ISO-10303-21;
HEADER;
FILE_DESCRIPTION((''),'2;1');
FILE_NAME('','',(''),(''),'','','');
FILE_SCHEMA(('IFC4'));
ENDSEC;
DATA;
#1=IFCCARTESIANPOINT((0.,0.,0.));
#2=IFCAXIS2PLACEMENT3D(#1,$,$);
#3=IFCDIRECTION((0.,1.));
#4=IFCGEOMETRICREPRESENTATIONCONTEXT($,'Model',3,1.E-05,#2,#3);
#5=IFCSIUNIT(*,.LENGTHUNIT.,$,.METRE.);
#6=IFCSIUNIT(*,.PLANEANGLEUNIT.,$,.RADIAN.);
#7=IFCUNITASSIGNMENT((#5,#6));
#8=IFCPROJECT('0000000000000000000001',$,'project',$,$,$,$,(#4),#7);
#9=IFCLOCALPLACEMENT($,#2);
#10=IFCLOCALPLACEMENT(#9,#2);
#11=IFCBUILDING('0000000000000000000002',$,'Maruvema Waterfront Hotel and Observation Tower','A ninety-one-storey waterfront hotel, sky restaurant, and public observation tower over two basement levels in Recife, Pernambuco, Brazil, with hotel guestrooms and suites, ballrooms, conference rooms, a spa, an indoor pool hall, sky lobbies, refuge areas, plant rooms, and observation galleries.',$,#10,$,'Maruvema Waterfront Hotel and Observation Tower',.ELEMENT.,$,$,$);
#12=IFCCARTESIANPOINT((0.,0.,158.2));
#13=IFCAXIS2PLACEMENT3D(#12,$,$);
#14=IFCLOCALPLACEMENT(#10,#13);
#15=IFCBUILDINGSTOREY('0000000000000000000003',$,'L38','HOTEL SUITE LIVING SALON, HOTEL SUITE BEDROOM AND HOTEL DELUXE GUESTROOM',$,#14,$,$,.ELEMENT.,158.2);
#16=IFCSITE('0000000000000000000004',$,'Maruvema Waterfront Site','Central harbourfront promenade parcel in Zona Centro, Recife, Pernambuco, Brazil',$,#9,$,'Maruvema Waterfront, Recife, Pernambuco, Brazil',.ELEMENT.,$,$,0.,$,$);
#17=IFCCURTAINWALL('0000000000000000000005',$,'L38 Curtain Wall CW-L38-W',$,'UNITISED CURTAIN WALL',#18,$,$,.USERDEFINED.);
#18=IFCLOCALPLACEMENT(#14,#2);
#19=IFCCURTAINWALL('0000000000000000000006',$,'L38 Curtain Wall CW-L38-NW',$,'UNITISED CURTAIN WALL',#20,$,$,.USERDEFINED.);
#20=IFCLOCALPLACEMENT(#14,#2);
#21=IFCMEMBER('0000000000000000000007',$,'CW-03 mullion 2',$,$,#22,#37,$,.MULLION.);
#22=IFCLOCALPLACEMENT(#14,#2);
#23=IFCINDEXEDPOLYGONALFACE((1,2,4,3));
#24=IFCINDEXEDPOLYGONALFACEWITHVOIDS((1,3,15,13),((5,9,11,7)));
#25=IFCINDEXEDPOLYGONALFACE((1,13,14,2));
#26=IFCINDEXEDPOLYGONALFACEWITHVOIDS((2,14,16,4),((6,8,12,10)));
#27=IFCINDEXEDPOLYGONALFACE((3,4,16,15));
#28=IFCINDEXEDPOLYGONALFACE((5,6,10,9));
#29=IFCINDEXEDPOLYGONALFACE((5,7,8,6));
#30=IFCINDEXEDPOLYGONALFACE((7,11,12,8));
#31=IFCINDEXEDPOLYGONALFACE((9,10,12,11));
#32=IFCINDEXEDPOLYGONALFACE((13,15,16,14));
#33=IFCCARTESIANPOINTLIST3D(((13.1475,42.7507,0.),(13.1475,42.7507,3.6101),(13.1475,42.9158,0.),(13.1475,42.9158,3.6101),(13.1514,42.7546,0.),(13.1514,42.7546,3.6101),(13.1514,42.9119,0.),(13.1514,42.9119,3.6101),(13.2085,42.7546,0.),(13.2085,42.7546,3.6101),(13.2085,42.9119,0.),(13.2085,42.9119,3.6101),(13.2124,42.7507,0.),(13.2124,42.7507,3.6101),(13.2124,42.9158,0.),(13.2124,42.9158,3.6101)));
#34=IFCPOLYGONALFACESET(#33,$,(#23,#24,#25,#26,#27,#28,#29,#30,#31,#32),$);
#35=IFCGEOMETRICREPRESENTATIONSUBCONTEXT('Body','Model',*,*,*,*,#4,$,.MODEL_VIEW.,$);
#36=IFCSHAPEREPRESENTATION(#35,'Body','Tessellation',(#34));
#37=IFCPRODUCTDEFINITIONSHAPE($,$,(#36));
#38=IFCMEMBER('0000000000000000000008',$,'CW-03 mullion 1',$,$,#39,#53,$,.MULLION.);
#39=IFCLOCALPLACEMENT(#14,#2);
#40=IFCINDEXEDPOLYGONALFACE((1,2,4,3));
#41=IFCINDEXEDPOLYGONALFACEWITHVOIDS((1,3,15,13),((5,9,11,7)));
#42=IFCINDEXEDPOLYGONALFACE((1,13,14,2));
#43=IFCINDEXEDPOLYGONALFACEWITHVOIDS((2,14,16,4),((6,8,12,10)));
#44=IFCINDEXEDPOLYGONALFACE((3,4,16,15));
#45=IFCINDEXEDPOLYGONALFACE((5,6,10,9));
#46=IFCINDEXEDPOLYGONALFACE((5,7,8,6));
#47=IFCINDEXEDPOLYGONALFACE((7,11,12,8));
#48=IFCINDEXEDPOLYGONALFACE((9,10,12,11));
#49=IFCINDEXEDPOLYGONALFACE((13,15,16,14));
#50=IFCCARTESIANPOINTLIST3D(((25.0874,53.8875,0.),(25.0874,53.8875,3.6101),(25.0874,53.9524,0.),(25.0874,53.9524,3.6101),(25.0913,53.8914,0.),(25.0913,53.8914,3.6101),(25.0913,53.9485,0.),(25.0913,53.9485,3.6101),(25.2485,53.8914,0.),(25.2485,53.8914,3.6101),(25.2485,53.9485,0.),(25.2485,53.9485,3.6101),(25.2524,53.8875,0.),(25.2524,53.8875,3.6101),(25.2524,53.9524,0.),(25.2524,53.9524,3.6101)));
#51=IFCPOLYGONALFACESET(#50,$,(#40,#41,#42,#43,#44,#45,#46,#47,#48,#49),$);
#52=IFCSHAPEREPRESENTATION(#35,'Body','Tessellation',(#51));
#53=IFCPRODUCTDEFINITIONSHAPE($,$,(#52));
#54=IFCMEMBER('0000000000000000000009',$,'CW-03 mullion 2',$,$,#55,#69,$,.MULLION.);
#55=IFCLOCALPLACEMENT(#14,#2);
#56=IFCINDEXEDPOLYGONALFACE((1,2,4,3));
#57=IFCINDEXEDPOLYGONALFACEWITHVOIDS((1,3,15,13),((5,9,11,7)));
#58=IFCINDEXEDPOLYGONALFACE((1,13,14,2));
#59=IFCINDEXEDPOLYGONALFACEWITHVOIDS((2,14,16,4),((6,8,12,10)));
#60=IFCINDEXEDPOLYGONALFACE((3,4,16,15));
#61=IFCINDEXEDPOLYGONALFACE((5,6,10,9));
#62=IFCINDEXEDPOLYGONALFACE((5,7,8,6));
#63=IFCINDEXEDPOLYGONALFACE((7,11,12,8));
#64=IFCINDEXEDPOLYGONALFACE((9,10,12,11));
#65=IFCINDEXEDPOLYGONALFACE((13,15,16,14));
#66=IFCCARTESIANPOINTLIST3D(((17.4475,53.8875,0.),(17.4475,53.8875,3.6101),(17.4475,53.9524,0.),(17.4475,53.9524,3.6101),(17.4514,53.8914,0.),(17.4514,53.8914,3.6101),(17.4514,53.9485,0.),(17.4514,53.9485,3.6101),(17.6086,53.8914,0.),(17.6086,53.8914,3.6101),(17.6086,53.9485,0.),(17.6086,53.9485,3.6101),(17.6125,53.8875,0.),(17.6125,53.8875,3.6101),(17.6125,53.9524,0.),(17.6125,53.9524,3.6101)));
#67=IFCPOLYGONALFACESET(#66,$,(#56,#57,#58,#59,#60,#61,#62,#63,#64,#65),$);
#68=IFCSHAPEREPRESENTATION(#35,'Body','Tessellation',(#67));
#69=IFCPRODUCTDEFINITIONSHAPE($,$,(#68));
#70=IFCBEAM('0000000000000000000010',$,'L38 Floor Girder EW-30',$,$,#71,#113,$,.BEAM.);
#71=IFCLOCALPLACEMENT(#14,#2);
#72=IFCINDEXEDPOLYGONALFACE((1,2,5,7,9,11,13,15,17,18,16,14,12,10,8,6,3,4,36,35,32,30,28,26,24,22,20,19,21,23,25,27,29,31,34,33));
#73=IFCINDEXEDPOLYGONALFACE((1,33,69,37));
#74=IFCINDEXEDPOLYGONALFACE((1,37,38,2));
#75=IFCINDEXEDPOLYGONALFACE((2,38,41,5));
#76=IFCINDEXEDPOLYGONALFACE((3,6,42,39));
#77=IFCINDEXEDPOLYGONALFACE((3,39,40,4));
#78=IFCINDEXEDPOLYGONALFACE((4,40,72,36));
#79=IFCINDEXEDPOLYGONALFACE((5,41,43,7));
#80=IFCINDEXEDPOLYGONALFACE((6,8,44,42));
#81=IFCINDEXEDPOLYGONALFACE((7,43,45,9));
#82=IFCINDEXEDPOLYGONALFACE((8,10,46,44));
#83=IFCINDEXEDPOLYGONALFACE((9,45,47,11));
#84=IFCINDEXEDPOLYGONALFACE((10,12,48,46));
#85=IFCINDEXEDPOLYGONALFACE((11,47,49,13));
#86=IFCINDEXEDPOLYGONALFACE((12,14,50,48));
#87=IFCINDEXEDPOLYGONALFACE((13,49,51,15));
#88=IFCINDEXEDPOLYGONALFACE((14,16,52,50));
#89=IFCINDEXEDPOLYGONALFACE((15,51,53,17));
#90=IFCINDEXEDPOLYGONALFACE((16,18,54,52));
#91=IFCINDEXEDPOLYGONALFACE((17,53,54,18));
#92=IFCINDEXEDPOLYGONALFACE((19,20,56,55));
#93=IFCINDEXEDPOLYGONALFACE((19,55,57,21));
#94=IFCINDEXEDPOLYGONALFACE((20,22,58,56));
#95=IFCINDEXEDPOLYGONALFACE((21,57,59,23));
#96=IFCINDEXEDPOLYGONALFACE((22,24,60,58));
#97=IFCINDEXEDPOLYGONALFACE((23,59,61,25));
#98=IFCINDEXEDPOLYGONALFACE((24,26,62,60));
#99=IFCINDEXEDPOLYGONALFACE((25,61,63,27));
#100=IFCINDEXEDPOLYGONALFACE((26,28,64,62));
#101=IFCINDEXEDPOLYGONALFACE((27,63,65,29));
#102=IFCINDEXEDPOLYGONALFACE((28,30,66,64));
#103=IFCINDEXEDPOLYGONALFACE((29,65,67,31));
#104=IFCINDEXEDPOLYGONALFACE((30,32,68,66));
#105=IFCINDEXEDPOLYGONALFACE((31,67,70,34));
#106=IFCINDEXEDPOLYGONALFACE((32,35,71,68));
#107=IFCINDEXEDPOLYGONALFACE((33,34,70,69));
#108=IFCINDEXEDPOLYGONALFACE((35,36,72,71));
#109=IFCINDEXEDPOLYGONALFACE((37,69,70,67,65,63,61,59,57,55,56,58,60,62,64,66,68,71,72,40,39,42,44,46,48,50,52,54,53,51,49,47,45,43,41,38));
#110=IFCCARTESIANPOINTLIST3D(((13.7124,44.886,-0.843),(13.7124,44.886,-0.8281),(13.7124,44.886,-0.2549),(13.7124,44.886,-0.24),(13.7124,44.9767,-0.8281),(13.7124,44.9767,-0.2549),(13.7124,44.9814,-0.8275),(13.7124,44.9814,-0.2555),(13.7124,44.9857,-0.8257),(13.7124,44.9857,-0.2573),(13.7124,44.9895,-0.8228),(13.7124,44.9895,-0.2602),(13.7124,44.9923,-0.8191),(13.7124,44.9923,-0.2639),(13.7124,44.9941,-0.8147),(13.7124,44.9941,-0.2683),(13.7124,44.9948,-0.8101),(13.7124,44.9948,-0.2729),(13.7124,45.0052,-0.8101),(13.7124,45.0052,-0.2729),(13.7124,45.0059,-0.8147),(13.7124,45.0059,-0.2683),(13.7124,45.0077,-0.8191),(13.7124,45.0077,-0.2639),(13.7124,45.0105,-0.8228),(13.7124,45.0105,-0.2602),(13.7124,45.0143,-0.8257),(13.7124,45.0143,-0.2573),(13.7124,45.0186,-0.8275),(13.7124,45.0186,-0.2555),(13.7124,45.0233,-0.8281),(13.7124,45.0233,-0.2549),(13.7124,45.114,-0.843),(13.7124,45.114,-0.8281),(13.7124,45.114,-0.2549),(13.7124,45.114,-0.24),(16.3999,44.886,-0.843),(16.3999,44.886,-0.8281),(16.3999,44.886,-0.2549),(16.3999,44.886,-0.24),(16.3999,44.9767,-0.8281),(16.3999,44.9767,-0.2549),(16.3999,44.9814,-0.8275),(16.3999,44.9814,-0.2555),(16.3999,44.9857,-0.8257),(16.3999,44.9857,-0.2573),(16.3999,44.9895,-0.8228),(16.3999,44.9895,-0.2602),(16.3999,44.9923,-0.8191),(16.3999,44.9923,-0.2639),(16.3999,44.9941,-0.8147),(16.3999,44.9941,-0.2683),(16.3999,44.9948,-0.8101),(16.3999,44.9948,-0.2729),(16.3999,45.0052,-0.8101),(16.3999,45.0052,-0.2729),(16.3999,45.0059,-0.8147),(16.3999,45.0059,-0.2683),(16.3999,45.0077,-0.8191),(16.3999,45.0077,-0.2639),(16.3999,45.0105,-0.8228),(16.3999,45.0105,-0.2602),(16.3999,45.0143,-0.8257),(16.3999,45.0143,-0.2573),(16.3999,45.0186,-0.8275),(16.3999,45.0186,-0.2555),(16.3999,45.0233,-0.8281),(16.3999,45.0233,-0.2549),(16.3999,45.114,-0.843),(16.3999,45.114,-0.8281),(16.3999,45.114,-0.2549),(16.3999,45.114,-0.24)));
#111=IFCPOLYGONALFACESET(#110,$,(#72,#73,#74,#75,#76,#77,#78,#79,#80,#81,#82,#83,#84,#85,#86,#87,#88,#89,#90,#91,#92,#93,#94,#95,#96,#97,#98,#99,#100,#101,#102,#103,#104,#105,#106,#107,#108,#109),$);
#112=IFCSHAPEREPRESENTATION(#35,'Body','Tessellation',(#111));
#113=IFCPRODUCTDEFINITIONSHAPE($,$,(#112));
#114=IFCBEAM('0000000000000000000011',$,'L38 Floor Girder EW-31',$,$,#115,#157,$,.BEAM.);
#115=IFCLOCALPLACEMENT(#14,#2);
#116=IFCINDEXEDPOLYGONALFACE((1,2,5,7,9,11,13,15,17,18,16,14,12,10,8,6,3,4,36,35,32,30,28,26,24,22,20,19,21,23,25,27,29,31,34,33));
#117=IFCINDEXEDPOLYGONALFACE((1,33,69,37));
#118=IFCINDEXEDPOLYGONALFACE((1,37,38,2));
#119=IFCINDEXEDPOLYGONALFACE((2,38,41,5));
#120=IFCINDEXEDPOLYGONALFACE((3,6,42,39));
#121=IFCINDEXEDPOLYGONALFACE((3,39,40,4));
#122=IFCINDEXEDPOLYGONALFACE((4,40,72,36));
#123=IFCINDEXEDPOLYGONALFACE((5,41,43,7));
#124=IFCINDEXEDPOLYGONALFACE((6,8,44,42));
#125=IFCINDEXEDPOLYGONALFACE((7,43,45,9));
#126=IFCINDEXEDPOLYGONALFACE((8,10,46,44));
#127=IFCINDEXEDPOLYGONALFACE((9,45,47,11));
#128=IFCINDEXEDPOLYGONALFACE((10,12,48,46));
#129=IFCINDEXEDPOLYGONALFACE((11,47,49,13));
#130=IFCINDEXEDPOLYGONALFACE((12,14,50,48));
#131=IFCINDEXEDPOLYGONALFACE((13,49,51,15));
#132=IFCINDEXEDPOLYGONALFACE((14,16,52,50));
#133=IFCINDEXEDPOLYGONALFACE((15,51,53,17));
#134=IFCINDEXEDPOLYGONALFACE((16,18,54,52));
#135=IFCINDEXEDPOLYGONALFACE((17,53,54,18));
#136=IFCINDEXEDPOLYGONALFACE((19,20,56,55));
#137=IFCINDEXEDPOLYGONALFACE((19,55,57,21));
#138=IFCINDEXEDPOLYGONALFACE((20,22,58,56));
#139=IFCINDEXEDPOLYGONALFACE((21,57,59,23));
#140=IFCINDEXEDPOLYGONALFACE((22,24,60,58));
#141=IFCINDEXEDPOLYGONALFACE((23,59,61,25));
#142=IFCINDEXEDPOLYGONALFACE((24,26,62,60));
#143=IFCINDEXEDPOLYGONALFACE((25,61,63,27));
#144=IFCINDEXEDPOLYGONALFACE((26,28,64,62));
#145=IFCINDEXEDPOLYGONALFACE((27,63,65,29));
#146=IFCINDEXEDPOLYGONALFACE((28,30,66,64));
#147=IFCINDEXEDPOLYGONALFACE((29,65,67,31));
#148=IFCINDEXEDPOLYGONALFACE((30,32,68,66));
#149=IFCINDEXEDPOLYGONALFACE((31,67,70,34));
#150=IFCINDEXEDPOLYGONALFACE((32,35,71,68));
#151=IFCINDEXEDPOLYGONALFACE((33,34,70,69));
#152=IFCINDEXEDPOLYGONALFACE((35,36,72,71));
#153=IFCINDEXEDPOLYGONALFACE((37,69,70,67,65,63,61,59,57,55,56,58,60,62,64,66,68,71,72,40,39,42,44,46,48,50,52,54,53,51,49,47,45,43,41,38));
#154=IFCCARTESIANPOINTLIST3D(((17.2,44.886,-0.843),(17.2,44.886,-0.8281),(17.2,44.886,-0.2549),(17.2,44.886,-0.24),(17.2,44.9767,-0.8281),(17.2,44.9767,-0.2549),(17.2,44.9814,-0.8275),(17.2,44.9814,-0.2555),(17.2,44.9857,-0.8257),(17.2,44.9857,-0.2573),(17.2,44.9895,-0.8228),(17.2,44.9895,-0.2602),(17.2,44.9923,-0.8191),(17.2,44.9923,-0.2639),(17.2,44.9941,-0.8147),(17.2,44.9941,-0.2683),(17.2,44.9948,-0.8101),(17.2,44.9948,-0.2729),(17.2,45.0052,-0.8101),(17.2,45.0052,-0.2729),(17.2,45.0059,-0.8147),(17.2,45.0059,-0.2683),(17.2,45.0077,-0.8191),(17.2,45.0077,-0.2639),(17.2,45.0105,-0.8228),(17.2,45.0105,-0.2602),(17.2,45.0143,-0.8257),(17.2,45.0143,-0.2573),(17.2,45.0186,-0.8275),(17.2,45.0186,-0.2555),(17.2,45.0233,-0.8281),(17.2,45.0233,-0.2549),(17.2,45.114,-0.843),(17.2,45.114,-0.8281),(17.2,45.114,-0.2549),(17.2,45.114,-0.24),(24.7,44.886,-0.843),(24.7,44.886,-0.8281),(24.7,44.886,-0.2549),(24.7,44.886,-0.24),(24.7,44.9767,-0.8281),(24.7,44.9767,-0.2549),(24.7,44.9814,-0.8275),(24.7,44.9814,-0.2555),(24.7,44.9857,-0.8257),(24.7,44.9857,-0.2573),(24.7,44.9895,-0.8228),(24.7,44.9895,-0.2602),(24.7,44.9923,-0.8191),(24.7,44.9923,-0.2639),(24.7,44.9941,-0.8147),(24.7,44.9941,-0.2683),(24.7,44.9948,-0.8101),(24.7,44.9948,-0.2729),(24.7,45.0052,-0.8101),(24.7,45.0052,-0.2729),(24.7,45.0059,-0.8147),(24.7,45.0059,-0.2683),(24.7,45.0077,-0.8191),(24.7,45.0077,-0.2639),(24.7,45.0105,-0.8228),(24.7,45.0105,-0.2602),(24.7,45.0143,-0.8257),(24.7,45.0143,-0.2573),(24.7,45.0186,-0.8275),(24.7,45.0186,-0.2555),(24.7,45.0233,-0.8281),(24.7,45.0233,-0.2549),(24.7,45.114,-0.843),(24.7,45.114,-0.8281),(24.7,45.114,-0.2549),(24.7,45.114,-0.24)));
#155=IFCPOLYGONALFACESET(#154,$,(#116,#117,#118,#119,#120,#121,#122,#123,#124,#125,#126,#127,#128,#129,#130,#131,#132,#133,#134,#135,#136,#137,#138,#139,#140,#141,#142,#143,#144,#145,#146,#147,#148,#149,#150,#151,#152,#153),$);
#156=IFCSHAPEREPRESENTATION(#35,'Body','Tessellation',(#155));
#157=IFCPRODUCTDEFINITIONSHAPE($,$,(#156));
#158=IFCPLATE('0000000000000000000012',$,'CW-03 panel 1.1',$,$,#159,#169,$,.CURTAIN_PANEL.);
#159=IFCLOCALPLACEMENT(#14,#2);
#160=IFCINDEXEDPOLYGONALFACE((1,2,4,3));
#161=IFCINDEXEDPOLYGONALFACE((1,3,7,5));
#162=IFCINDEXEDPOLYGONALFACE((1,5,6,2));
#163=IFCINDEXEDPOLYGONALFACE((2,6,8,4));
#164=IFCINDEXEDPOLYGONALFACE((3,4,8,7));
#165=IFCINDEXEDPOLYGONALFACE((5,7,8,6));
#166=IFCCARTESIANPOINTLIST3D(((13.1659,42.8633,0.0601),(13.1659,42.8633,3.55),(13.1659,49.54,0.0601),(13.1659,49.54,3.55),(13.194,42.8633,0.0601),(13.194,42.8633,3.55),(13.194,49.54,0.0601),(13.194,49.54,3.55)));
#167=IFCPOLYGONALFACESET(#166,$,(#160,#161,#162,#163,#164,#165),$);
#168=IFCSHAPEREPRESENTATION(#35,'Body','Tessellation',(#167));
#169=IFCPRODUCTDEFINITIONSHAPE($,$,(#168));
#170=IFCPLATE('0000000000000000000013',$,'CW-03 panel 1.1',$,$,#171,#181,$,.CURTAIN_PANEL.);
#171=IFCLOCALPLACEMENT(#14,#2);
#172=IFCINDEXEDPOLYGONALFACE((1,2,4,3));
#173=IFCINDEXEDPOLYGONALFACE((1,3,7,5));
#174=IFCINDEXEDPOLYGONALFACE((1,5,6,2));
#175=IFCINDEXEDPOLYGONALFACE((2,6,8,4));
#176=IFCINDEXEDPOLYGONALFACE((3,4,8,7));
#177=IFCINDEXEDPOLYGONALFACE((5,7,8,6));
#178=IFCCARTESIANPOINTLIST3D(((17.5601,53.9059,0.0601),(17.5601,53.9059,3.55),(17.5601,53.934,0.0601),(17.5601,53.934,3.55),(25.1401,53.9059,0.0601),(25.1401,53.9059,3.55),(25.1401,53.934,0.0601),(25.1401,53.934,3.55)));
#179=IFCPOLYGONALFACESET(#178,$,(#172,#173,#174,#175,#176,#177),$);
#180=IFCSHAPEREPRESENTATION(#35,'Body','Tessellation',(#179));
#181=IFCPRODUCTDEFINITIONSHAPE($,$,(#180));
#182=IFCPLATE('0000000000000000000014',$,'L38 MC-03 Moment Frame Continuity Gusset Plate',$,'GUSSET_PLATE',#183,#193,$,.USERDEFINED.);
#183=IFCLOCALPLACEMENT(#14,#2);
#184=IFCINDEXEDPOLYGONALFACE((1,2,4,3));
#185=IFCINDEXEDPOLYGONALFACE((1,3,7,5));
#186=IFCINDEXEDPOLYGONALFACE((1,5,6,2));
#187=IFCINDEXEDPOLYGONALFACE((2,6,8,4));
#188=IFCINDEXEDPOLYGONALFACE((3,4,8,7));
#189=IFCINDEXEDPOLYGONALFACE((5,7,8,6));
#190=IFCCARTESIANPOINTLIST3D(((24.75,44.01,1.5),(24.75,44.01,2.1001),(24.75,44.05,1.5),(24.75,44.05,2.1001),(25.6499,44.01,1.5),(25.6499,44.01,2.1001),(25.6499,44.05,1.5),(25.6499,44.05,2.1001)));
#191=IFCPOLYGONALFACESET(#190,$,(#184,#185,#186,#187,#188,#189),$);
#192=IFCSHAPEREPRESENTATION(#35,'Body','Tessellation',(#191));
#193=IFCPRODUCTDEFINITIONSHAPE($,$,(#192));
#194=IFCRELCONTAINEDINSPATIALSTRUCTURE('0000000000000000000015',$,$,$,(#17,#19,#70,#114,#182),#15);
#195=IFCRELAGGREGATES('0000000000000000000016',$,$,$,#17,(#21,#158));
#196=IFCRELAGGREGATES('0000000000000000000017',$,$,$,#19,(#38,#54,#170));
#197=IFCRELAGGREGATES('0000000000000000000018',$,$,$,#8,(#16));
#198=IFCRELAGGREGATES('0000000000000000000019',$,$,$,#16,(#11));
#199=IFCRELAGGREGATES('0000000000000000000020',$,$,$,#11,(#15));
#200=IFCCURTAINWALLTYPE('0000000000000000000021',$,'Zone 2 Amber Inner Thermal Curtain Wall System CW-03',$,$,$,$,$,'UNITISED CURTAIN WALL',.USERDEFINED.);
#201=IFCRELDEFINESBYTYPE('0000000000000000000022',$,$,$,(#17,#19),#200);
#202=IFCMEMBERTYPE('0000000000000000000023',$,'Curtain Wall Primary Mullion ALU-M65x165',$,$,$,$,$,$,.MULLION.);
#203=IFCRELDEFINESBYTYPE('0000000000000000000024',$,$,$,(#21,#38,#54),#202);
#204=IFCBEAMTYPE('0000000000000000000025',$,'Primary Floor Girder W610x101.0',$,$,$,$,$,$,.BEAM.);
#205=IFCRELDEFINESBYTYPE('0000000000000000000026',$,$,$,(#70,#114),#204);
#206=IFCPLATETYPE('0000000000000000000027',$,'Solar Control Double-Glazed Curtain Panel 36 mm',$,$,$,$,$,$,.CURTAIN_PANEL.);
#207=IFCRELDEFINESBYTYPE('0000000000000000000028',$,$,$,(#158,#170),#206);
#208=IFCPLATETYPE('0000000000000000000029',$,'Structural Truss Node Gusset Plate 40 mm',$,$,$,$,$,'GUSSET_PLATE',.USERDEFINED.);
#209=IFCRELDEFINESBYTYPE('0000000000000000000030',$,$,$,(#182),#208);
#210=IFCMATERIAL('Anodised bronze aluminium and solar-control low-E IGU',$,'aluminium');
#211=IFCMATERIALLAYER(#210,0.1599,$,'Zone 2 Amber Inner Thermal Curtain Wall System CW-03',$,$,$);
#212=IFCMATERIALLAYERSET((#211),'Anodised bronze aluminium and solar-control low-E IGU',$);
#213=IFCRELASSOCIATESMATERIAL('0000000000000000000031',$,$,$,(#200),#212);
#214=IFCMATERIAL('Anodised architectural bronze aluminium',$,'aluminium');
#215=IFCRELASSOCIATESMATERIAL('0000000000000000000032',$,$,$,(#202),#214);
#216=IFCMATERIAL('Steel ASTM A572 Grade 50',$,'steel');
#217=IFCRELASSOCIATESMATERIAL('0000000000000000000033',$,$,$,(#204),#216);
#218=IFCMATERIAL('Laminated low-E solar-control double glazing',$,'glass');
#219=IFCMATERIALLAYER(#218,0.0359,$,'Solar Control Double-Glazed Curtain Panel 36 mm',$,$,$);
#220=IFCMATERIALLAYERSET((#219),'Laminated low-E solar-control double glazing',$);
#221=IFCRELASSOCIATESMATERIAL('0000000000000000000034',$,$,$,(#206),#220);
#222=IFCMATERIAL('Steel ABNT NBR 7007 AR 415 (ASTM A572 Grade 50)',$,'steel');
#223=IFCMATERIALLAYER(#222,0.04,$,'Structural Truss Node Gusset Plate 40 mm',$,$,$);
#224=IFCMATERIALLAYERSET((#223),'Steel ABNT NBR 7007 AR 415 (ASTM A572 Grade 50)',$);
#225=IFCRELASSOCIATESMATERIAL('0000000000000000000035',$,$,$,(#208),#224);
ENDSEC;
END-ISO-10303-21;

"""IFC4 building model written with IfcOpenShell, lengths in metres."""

from ifc_helpers import new_model, si_unit, direction, frame, origin, origin_2d, place, context, subcontext, project, spatial, rectangle, hollow_rectangle, i_section, extrude, material, layer, layer_set, material_profile, profile_set, type_object, element, aggregate, save


model = new_model("IFC4")

# Units and contexts
model_context = context("Model", 3, precision=1e-05, world=origin(), true_north=direction((0.0, 1.0)))
body_context = subcontext(model_context, "Body", "Model", "MODEL_VIEW")
ifc_project = project(units=[si_unit("LENGTHUNIT", "METRE"), si_unit("PLANEANGLEUNIT", "RADIAN")], contexts=[model_context])

# Site, building, storey
site_placement = place(None, origin())
site = spatial("IfcSite", under=ifc_project, at=site_placement, Name="Maruvema Waterfront Site", Description="Central harbourfront promenade parcel in Zona Centro, Recife, Pernambuco, Brazil", LongName="Maruvema Waterfront, Recife, Pernambuco, Brazil", CompositionType="ELEMENT", RefElevation=0.0)
building_placement = place(site_placement, origin())
building = spatial("IfcBuilding", under=site, at=building_placement, Name="Maruvema Waterfront Hotel and Observation Tower", Description="A ninety-one-storey waterfront hotel, sky restaurant, and public observation tower over two basement levels in Recife, Pernambuco, Brazil, with hotel guestrooms and suites, ballrooms, conference rooms, a spa, an indoor pool hall, sky lobbies, refuge areas, plant rooms, and observation galleries.", LongName="Maruvema Waterfront Hotel and Observation Tower", CompositionType="ELEMENT")
storey_placement = place(building_placement, frame((0.0, 0.0, 158.2)))
storey = spatial("IfcBuildingStorey", under=building, at=storey_placement, Name="L38", Description="HOTEL SUITE LIVING SALON, HOTEL SUITE BEDROOM AND HOTEL DELUXE GUESTROOM", CompositionType="ELEMENT", Elevation=158.2)

# Curtain walls
ifc_material_1 = material(Name="Anodised bronze aluminium and solar-control low-E IGU", Category="aluminium")
ifc_layer_1 = layer(ifc_material_1, 0.1599, Name="Zone 2 Amber Inner Thermal Curtain Wall System CW-03")
ifc_layer_set_1 = layer_set([ifc_layer_1], Name="Anodised bronze aluminium and solar-control low-E IGU")
curtain_wall_type = type_object("IfcCurtainWallType", Name="Zone 2 Amber Inner Thermal Curtain Wall System CW-03", ElementType="UNITISED CURTAIN WALL", PredefinedType="USERDEFINED", material=ifc_layer_set_1)
curtain_wall_1_placement = place(storey_placement, origin())
curtain_wall_1 = element("IfcCurtainWall", 1, at=curtain_wall_1_placement, inside=storey, type_object=curtain_wall_type, Name="L38 Curtain Wall CW-L38-W", ObjectType="UNITISED CURTAIN WALL", PredefinedType="USERDEFINED")
curtain_wall_2_placement = place(storey_placement, origin())
curtain_wall_2 = element("IfcCurtainWall", 2, at=curtain_wall_2_placement, inside=storey, type_object=curtain_wall_type, Name="L38 Curtain Wall CW-L38-NW", ObjectType="UNITISED CURTAIN WALL", PredefinedType="USERDEFINED")

# Members
ifc_material_2 = material(Name="Anodised architectural bronze aluminium", Category="aluminium")
ifc_material_profile_1 = material_profile(ifc_material_2, hollow_rectangle(XDim=0.0649, YDim=0.165, WallThickness=0.0039, at=origin_2d()), Name="ALU-M65x165")
ifc_profile_set_1 = profile_set([ifc_material_profile_1], Name="Anodised architectural bronze aluminium")
member_type_1 = type_object("IfcMemberType", Name="Curtain Wall Primary Mullion ALU-M65x165", PredefinedType="MULLION", material=ifc_profile_set_1)
member_1_placement = place(storey_placement, frame((13.1799, 42.8333, 0.0), z_axis=(0.0, 0.0, 1.0), x_axis=(1.0, 0.0, 0.0)))
member_1 = element("IfcMember", 3, at=member_1_placement, type_object=member_type_1, Name="CW-03 mullion 2", PredefinedType="MULLION", context=body_context, shape_type="SweptSolid", body=[
    extrude(hollow_rectangle(XDim=0.0649, YDim=0.165, WallThickness=0.0039, at=origin_2d()), origin(), (0.0, 0.0, 1.0), 3.6101),
])
member_2_placement = place(storey_placement, frame((25.1699, 53.9199, 0.0), z_axis=(0.0, 0.0, 1.0), x_axis=(0.0, -1.0, 0.0)))
member_2 = element("IfcMember", 4, at=member_2_placement, type_object=member_type_1, Name="CW-03 mullion 1", PredefinedType="MULLION", context=body_context, shape_type="SweptSolid", body=[
    extrude(hollow_rectangle(XDim=0.0649, YDim=0.165, WallThickness=0.0039, at=origin_2d()), origin(), (0.0, 0.0, 1.0), 3.6101),
])
member_3_placement = place(storey_placement, frame((17.53, 53.9199, 0.0), z_axis=(0.0, 0.0, 1.0), x_axis=(0.0, -1.0, 0.0)))
member_3 = element("IfcMember", 5, at=member_3_placement, type_object=member_type_1, Name="CW-03 mullion 2", PredefinedType="MULLION", context=body_context, shape_type="SweptSolid", body=[
    extrude(hollow_rectangle(XDim=0.0649, YDim=0.165, WallThickness=0.0039, at=origin_2d()), origin(), (0.0, 0.0, 1.0), 3.6101),
])

# Beams
ifc_material_3 = material(Name="Steel ASTM A572 Grade 50", Category="steel")
ifc_material_profile_2 = material_profile(ifc_material_3, i_section(OverallWidth=0.228, OverallDepth=0.603, WebThickness=0.0105, FlangeThickness=0.0149, FilletRadius=0.0181, at=origin_2d()), Name="W610x101.0")
ifc_profile_set_2 = profile_set([ifc_material_profile_2], Name="Steel ASTM A572 Grade 50")
beam_type = type_object("IfcBeamType", Name="Primary Floor Girder W610x101.0", PredefinedType="BEAM", material=ifc_profile_set_2)
beam_1_placement = place(storey_placement, frame((13.7124, 45.0, -0.5415), z_axis=(1.0, 0.0, 0.0), x_axis=(0.0, 1.0, 0.0)))
element("IfcBeam", 6, at=beam_1_placement, inside=storey, type_object=beam_type, Name="L38 Floor Girder EW-30", PredefinedType="BEAM", context=body_context, shape_type="SweptSolid", body=[
    extrude(i_section(OverallWidth=0.228, OverallDepth=0.603, WebThickness=0.0105, FlangeThickness=0.0149, FilletRadius=0.0181, at=origin_2d()), origin(), (0.0, 0.0, 1.0), 2.6875),
])
beam_2_placement = place(storey_placement, frame((17.2, 45.0, -0.5415), z_axis=(1.0, 0.0, 0.0), x_axis=(0.0, 1.0, 0.0)))
element("IfcBeam", 7, at=beam_2_placement, inside=storey, type_object=beam_type, Name="L38 Floor Girder EW-31", PredefinedType="BEAM", context=body_context, shape_type="SweptSolid", body=[
    extrude(i_section(OverallWidth=0.228, OverallDepth=0.603, WebThickness=0.0105, FlangeThickness=0.0149, FilletRadius=0.0181, at=origin_2d()), origin(), (0.0, 0.0, 1.0), 7.5),
])

# Plates
ifc_material_4 = material(Name="Laminated low-E solar-control double glazing", Category="glass")
ifc_layer_2 = layer(ifc_material_4, 0.0359, Name="Solar Control Double-Glazed Curtain Panel 36 mm")
ifc_layer_set_2 = layer_set([ifc_layer_2], Name="Laminated low-E solar-control double glazing")
plate_type_1 = type_object("IfcPlateType", Name="Solar Control Double-Glazed Curtain Panel 36 mm", PredefinedType="CURTAIN_PANEL", material=ifc_layer_set_2)
plate_1_placement = place(storey_placement, frame((13.1799, 46.2017, 0.0601), z_axis=(0.0, 0.0, 1.0), x_axis=(0.0, -1.0, 0.0)))
plate_1 = element("IfcPlate", 8, at=plate_1_placement, type_object=plate_type_1, Name="CW-03 panel 1.1", PredefinedType="CURTAIN_PANEL", context=body_context, shape_type="SweptSolid", body=[
    extrude(rectangle(XDim=6.6768, YDim=0.0281, at=origin_2d()), origin(), (0.0, 0.0, 1.0), 3.49),
])
aggregate(curtain_wall_1, [member_1, plate_1])
plate_2_placement = place(storey_placement, frame((21.3501, 53.9199, 0.0601), z_axis=(0.0, 0.0, 1.0), x_axis=(-1.0, 0.0, 0.0)))
plate_2 = element("IfcPlate", 9, at=plate_2_placement, type_object=plate_type_1, Name="CW-03 panel 1.1", PredefinedType="CURTAIN_PANEL", context=body_context, shape_type="SweptSolid", body=[
    extrude(rectangle(XDim=7.5801, YDim=0.0281, at=origin_2d()), origin(), (0.0, 0.0, 1.0), 3.49),
])
aggregate(curtain_wall_2, [member_2, member_3, plate_2])
ifc_material_5 = material(Name="Steel ABNT NBR 7007 AR 415 (ASTM A572 Grade 50)", Category="steel")
ifc_layer_3 = layer(ifc_material_5, 0.04, Name="Structural Truss Node Gusset Plate 40 mm")
ifc_layer_set_3 = layer_set([ifc_layer_3], Name="Steel ABNT NBR 7007 AR 415 (ASTM A572 Grade 50)")
plate_type_2 = type_object("IfcPlateType", Name="Structural Truss Node Gusset Plate 40 mm", ElementType="GUSSET_PLATE", PredefinedType="USERDEFINED", material=ifc_layer_set_3)
plate_3_placement = place(storey_placement, frame((25.2, 44.03, 1.5), z_axis=(0.0, 0.0, 1.0), x_axis=(1.0, 0.0, 0.0)))
element("IfcPlate", 10, at=plate_3_placement, inside=storey, type_object=plate_type_2, Name="L38 MC-03 Moment Frame Continuity Gusset Plate", ObjectType="GUSSET_PLATE", PredefinedType="USERDEFINED", context=body_context, shape_type="SweptSolid", body=[
    extrude(rectangle(XDim=0.8999, YDim=0.04, at=origin_2d()), origin(), (0.0, 0.0, 1.0), 0.6001),
])

save(model, "model.ifc")
